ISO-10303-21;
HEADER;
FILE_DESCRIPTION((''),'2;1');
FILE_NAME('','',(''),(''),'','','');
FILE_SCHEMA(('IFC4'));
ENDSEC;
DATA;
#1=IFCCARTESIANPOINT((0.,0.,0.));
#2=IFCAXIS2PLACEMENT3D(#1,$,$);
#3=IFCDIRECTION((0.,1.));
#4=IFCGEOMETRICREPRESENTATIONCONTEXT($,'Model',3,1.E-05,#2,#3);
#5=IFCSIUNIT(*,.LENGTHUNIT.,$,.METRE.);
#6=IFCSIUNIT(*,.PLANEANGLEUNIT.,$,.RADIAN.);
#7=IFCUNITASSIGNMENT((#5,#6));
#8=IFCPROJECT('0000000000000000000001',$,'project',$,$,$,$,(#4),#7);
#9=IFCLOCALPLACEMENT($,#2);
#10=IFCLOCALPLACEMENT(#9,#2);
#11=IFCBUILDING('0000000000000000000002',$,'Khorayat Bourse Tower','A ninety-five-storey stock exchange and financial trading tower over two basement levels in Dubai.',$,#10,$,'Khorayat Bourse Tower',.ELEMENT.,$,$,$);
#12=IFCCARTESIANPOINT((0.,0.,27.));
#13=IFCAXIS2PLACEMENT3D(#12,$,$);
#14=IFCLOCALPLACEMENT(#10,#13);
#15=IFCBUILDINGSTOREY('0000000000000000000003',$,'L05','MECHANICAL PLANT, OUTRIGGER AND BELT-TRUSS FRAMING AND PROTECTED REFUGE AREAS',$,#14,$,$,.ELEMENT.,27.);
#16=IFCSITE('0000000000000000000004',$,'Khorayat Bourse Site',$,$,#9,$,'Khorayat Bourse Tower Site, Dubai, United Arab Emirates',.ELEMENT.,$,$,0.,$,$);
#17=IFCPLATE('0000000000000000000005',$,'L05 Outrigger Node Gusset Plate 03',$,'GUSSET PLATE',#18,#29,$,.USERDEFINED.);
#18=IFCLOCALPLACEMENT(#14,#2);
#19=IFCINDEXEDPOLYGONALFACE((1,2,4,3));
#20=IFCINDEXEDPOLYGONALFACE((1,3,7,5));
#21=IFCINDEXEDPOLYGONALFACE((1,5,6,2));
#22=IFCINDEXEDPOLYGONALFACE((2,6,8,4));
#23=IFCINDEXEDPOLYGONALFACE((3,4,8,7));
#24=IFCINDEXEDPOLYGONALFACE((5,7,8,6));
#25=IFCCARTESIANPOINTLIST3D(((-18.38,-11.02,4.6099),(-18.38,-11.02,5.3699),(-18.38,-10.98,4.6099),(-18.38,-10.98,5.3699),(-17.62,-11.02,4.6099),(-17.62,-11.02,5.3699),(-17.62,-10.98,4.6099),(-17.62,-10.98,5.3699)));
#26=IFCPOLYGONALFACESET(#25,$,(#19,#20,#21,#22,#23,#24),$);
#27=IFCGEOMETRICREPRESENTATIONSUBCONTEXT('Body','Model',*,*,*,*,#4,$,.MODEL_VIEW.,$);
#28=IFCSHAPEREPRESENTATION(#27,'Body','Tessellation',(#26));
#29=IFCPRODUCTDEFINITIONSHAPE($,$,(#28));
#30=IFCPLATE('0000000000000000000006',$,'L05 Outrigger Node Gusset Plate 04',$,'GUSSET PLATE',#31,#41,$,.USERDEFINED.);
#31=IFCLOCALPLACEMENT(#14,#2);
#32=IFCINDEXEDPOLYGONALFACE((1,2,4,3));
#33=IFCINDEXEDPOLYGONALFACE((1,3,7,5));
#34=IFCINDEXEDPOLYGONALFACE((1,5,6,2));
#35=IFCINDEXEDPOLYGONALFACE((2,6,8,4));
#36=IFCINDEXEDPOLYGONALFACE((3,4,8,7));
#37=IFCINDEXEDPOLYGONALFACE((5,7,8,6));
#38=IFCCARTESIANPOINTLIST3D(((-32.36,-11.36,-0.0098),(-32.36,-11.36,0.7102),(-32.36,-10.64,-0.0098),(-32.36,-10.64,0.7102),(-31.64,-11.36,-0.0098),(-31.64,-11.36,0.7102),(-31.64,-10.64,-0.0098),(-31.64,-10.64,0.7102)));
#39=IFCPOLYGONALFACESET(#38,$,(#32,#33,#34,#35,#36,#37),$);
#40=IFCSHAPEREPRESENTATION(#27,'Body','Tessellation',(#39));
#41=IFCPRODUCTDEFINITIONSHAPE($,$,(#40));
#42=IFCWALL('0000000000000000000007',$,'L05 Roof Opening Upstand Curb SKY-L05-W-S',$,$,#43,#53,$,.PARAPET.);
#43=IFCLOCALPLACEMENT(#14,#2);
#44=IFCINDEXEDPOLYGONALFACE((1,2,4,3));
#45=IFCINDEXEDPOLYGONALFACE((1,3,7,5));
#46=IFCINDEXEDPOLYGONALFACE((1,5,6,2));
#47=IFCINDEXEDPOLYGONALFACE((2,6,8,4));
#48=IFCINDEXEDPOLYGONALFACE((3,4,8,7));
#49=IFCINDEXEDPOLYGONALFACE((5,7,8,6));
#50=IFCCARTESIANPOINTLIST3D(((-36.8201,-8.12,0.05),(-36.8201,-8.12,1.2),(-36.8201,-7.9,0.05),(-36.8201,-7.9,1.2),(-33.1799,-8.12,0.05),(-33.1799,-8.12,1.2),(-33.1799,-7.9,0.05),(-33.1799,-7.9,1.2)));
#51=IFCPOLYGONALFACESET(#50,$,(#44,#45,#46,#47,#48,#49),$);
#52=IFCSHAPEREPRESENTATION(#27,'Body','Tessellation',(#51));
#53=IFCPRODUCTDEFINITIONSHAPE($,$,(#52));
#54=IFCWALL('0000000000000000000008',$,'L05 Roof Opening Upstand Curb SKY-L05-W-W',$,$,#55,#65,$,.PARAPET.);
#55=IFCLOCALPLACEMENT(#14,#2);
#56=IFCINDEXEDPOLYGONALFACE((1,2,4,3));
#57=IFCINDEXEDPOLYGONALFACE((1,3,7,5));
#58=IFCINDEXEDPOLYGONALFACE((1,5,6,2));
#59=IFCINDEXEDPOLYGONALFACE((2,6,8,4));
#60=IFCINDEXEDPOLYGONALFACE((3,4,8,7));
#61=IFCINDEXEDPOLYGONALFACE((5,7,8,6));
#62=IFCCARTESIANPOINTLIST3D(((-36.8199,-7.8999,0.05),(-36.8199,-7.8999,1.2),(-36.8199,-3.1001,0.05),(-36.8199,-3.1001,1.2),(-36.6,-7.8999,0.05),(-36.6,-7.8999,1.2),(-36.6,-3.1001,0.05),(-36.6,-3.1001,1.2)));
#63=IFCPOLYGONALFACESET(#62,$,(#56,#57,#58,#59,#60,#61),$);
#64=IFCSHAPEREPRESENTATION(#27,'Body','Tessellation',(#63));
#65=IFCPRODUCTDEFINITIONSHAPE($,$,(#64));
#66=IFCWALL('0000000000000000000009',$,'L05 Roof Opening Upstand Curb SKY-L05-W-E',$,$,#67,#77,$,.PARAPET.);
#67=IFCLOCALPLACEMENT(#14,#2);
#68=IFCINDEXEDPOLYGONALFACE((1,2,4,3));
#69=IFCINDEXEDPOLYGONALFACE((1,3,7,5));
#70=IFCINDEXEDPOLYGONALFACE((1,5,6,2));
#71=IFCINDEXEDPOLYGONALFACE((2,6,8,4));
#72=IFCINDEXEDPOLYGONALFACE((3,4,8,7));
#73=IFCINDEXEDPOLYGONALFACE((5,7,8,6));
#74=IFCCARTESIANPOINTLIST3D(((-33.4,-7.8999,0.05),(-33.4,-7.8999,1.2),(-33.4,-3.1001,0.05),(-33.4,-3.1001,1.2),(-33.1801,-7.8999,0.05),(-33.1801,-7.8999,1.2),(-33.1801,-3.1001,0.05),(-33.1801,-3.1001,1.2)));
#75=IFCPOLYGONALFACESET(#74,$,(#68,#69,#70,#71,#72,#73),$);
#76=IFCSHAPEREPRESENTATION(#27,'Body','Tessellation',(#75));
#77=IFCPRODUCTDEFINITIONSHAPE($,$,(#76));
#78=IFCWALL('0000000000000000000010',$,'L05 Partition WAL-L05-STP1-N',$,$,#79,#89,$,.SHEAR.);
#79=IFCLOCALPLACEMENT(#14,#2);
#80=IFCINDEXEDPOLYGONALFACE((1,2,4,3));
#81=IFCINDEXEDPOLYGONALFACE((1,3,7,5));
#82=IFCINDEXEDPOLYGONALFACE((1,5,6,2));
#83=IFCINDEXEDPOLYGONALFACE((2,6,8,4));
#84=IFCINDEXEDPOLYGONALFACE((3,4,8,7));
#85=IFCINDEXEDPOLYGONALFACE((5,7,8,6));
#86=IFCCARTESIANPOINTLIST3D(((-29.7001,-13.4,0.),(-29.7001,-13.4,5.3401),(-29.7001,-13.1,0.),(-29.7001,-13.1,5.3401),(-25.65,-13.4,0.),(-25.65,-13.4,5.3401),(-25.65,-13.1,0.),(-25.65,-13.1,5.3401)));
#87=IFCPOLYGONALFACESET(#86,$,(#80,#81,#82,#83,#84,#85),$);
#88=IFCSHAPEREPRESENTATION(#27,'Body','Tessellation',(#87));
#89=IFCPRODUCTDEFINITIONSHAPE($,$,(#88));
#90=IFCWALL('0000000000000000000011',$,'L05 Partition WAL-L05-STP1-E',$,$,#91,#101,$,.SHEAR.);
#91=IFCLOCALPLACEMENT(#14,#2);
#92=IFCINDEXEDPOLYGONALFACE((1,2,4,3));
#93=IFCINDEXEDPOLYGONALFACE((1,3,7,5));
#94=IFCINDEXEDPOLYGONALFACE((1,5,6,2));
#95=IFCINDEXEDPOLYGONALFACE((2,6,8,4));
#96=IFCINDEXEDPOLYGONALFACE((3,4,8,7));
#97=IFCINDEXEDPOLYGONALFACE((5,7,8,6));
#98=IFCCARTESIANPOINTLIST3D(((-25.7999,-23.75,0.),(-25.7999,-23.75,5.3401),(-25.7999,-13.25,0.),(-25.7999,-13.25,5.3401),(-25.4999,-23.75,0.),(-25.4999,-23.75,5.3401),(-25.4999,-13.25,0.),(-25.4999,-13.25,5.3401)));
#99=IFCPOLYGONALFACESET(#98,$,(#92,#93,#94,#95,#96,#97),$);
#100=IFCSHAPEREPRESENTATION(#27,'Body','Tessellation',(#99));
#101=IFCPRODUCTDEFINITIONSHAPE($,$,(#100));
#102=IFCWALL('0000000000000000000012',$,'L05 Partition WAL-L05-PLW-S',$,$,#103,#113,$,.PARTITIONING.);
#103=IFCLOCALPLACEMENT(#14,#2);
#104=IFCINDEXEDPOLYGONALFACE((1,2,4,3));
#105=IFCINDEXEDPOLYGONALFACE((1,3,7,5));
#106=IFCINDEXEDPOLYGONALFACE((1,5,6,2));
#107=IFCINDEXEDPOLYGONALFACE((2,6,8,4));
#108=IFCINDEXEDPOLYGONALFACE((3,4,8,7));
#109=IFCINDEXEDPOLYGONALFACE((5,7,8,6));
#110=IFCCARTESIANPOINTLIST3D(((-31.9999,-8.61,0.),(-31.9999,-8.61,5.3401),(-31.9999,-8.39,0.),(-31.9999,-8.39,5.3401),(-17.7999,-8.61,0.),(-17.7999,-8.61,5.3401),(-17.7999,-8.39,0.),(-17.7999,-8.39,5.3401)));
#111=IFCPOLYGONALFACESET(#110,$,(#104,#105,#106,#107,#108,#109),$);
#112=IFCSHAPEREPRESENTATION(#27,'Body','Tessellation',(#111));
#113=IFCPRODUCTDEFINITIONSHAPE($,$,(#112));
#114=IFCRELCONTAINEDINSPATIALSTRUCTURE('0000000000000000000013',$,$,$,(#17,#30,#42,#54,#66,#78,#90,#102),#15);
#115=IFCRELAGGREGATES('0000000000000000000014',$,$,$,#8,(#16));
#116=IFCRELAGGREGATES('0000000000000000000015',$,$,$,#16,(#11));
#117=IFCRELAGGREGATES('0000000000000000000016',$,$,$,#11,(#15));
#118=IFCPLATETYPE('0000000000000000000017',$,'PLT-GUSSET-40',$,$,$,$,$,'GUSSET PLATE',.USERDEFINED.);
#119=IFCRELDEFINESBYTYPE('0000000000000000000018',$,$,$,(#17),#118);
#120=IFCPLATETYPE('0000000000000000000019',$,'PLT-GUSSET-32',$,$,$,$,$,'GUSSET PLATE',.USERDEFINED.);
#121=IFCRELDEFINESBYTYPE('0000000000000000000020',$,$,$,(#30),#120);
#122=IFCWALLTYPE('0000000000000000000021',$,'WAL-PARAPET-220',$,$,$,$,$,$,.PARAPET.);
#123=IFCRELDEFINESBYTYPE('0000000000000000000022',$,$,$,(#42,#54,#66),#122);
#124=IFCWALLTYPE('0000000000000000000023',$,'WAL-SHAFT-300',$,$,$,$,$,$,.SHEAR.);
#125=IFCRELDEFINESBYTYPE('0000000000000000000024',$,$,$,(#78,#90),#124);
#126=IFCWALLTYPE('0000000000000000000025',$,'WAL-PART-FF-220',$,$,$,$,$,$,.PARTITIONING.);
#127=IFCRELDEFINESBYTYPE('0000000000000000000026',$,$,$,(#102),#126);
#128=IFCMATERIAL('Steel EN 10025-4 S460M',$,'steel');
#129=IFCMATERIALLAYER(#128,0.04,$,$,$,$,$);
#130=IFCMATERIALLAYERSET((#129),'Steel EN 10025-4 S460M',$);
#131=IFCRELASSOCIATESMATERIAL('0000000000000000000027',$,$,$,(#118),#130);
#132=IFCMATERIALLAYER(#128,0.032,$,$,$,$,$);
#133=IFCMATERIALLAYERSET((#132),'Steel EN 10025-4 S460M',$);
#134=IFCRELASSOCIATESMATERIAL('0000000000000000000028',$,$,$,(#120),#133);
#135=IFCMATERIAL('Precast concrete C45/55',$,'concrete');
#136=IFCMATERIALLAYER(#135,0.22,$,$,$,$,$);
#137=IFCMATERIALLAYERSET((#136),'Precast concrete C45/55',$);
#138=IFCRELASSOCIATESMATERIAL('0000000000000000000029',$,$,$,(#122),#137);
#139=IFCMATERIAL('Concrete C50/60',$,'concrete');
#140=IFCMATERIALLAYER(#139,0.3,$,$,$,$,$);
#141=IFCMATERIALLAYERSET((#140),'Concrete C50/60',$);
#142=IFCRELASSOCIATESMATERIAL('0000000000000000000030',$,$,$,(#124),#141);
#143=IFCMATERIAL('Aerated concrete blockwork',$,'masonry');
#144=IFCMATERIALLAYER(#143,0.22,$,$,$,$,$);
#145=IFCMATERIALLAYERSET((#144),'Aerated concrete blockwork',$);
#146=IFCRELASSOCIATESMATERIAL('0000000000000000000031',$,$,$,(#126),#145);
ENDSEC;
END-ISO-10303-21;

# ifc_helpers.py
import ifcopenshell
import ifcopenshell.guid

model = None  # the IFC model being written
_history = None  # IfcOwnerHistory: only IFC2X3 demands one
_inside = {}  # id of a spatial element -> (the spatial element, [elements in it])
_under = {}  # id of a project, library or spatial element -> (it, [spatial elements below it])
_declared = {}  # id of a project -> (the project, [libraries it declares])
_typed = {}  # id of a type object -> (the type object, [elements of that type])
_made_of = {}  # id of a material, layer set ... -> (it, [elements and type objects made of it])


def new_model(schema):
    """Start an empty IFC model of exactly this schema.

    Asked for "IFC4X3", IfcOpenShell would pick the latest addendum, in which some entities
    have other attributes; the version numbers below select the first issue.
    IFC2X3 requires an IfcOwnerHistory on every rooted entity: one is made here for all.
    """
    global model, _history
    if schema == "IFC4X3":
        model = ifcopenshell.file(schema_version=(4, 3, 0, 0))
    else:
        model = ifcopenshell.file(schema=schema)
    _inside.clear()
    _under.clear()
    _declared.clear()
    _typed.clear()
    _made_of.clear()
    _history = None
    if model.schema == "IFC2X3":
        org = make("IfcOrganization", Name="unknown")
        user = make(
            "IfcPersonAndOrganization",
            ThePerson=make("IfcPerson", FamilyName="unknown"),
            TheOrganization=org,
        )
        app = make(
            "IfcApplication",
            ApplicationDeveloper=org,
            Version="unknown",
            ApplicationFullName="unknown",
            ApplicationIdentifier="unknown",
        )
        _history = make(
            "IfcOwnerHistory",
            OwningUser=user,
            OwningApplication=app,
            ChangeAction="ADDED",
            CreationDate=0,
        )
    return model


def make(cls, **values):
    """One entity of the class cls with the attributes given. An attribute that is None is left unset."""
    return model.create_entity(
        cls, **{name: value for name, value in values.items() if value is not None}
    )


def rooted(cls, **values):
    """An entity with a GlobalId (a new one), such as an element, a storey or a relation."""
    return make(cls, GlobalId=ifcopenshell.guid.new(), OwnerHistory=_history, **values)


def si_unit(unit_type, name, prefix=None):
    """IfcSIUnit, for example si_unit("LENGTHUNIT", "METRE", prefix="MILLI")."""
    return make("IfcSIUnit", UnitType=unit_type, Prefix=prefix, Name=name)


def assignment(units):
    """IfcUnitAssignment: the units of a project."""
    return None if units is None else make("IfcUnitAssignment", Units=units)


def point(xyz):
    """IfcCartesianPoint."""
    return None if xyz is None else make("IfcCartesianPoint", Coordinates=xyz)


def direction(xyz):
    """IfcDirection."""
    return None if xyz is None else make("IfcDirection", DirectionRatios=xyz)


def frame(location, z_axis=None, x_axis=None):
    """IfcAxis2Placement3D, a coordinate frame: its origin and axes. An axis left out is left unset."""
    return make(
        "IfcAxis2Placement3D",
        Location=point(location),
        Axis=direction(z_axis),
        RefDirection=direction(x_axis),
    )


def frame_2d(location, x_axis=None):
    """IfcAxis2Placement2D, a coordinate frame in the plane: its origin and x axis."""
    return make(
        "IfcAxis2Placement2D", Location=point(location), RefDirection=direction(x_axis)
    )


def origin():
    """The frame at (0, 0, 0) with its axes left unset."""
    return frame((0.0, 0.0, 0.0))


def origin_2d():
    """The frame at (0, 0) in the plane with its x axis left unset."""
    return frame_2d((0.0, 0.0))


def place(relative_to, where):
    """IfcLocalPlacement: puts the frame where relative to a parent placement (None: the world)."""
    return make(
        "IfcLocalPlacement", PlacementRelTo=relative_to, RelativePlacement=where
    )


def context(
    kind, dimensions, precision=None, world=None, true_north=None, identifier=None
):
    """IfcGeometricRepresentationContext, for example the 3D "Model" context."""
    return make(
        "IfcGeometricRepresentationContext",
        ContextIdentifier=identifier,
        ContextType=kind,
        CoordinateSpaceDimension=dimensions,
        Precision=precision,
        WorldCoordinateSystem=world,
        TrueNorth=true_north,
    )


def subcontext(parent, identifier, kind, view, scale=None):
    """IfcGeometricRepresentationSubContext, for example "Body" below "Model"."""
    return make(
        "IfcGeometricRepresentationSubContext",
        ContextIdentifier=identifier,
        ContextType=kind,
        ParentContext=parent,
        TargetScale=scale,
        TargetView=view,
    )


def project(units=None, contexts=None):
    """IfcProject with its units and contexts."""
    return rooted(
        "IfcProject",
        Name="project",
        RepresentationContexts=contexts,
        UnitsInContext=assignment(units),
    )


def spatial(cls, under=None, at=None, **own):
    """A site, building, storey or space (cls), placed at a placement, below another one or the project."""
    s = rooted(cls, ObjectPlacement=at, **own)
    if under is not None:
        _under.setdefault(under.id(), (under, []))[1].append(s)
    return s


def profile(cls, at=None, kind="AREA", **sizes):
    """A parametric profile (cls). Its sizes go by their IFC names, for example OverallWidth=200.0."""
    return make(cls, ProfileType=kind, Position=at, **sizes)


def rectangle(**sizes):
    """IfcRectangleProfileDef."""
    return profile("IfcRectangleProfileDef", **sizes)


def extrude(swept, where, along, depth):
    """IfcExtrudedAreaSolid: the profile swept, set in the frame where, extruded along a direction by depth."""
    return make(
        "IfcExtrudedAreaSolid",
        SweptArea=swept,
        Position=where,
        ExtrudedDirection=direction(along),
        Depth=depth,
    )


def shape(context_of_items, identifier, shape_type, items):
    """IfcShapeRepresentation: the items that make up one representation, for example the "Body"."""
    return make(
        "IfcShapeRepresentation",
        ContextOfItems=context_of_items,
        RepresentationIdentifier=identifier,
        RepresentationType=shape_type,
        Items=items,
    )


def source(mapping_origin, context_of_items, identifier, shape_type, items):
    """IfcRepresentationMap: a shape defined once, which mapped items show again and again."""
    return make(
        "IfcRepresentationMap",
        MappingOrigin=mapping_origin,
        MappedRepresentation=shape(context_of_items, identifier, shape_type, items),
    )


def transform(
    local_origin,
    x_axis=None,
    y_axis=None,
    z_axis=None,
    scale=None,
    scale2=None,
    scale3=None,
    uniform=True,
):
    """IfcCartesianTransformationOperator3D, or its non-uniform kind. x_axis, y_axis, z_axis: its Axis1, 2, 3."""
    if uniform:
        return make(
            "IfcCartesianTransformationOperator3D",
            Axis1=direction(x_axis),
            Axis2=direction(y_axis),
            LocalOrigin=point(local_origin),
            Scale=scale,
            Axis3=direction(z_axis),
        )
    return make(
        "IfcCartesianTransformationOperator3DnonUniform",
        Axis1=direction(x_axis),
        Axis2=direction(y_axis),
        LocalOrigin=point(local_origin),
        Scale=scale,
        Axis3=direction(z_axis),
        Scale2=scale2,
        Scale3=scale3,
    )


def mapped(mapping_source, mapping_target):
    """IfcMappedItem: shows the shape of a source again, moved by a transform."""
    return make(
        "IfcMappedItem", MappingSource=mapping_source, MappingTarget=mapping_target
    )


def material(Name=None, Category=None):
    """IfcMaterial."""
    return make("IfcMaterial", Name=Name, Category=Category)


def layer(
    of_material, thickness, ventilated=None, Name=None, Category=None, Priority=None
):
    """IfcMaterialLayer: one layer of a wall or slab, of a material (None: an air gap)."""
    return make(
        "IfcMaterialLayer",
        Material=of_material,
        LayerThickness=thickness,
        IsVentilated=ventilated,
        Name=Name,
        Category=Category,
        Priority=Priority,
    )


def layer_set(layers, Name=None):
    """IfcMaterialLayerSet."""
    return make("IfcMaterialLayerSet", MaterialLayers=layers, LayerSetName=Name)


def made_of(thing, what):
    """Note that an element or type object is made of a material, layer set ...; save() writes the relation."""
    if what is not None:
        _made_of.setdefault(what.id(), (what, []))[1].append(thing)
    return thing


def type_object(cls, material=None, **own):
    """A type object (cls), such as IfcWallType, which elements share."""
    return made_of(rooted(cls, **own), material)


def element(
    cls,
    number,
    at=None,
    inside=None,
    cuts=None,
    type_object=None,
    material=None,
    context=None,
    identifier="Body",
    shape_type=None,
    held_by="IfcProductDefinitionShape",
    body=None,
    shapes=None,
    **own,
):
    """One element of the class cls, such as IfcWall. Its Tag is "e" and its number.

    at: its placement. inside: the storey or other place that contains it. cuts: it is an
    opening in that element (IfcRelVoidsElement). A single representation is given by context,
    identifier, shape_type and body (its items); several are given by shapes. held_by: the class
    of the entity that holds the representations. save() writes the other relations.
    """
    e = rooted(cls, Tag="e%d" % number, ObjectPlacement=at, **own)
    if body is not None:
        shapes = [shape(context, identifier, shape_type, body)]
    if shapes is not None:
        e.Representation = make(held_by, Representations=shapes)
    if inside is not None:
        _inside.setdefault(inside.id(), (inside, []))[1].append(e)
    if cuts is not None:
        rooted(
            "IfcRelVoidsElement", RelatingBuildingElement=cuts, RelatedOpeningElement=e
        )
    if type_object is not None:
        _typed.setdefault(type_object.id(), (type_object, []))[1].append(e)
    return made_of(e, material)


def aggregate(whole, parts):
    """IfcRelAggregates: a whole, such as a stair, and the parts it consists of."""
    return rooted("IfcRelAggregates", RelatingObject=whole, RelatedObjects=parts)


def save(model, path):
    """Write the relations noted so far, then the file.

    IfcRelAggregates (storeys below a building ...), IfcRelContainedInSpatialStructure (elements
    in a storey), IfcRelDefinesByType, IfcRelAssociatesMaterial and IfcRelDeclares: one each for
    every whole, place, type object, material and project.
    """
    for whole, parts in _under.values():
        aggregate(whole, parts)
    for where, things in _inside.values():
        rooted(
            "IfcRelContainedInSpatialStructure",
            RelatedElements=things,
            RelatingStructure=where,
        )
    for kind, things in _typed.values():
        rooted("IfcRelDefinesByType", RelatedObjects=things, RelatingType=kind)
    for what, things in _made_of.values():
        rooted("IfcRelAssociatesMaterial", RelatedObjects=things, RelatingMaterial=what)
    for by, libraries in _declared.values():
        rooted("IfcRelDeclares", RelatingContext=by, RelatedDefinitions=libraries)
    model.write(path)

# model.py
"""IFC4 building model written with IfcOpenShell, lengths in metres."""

from ifc_helpers import new_model, si_unit, direction, frame, frame_2d, origin, origin_2d, place, context, subcontext, project, spatial, rectangle, extrude, source, transform, mapped, material, layer, layer_set, type_object, element, save


model = new_model("IFC4")

# Units and contexts
model_context = context("Model", 3, precision=1e-05, world=origin(), true_north=direction((0.0, 1.0)))
body_context = subcontext(model_context, "Body", "Model", "MODEL_VIEW")
ifc_project = project(units=[si_unit("LENGTHUNIT", "METRE"), si_unit("PLANEANGLEUNIT", "RADIAN")], contexts=[model_context])

# Site, building, storey
site_placement = place(None, origin())
site = spatial("IfcSite", under=ifc_project, at=site_placement, Name="Khorayat Bourse Site", LongName="Khorayat Bourse Tower Site, Dubai, United Arab Emirates", CompositionType="ELEMENT", RefElevation=0.0)
building_placement = place(site_placement, origin())
building = spatial("IfcBuilding", under=site, at=building_placement, Name="Khorayat Bourse Tower", Description="A ninety-five-storey stock exchange and financial trading tower over two basement levels in Dubai.", LongName="Khorayat Bourse Tower", CompositionType="ELEMENT")
storey_placement = place(building_placement, frame((0.0, 0.0, 27.0)))
storey = spatial("IfcBuildingStorey", under=building, at=storey_placement, Name="L05", Description="MECHANICAL PLANT, OUTRIGGER AND BELT-TRUSS FRAMING AND PROTECTED REFUGE AREAS", CompositionType="ELEMENT", Elevation=27.0)

# Shared definitions
ifc_material_1 = material(Name="Steel EN 10025-4 S460M", Category="steel")

# Plates
ifc_layer_1 = layer(ifc_material_1, 0.04)
ifc_layer_set_1 = layer_set([ifc_layer_1], Name="Steel EN 10025-4 S460M")
plate_type_1 = type_object("IfcPlateType", Name="PLT-GUSSET-40", ElementType="GUSSET PLATE", PredefinedType="USERDEFINED", material=ifc_layer_set_1)
shared_shape_1 = source(origin(), body_context, "Body", "SweptSolid", [
    extrude(rectangle(XDim=0.76, YDim=0.04, at=origin_2d()), origin(), (0.0, 0.0, 1.0), 0.76),
])
plate_1_placement = place(storey_placement, frame((-18.0, -11.0, 4.6099), z_axis=(0.0, 0.0, 1.0), x_axis=(1.0, 0.0, 0.0)))
element("IfcPlate", 1, at=plate_1_placement, inside=storey, type_object=plate_type_1, Name="L05 Outrigger Node Gusset Plate 03", ObjectType="GUSSET PLATE", PredefinedType="USERDEFINED", context=body_context, shape_type="MappedRepresentation", body=[
    mapped(shared_shape_1, transform((0.0, 0.0, 0.0), scale=1.0)),
])
ifc_layer_2 = layer(ifc_material_1, 0.032)
ifc_layer_set_2 = layer_set([ifc_layer_2], Name="Steel EN 10025-4 S460M")
plate_type_2 = type_object("IfcPlateType", Name="PLT-GUSSET-32", ElementType="GUSSET PLATE", PredefinedType="USERDEFINED", material=ifc_layer_set_2)
shared_shape_2 = source(origin(), body_context, "Body", "SweptSolid", [
    extrude(rectangle(XDim=0.72, YDim=0.72, at=origin_2d()), origin(), (0.0, 0.0, 1.0), 0.72),
])
plate_2_placement = place(storey_placement, frame((-32.0, -11.0, -0.0098), z_axis=(0.0, 0.0, 1.0), x_axis=(1.0, 0.0, 0.0)))
element("IfcPlate", 2, at=plate_2_placement, inside=storey, type_object=plate_type_2, Name="L05 Outrigger Node Gusset Plate 04", ObjectType="GUSSET PLATE", PredefinedType="USERDEFINED", context=body_context, shape_type="MappedRepresentation", body=[
    mapped(shared_shape_2, transform((0.0, 0.0, 0.0), scale=1.0)),
])

# Walls
ifc_material_2 = material(Name="Precast concrete C45/55", Category="concrete")
ifc_layer_3 = layer(ifc_material_2, 0.22)
ifc_layer_set_3 = layer_set([ifc_layer_3], Name="Precast concrete C45/55")
wall_type_1 = type_object("IfcWallType", Name="WAL-PARAPET-220", PredefinedType="PARAPET", material=ifc_layer_set_3)
shared_shape_3 = source(origin(), body_context, "Body", "SweptSolid", [
    extrude(rectangle(XDim=3.6401, YDim=0.22, at=frame_2d((1.8201, 0.0))), origin(), (0.0, 0.0, 1.0), 1.1499),
])
wall_1_placement = place(storey_placement, frame((-36.8201, -8.01, 0.05), z_axis=(0.0, 0.0, 1.0), x_axis=(1.0, 0.0, 0.0)))
element("IfcWall", 3, at=wall_1_placement, inside=storey, type_object=wall_type_1, Name="L05 Roof Opening Upstand Curb SKY-L05-W-S", PredefinedType="PARAPET", context=body_context, shape_type="MappedRepresentation", body=[
    mapped(shared_shape_3, transform((0.0, 0.0, 0.0), scale=1.0)),
])
shared_shape_4 = source(origin(), body_context, "Body", "SweptSolid", [
    extrude(rectangle(XDim=4.7998, YDim=0.22, at=frame_2d((2.3999, 0.0))), origin(), (0.0, 0.0, 1.0), 1.1499),
])
for number, where, z_axis, x_axis, name in (
    (4, (-36.71, -7.8999, 0.05), (0.0, 0.0, 1.0), (0.0, 1.0, 0.0), "L05 Roof Opening Upstand Curb SKY-L05-W-W"),
    (5, (-33.29, -7.8999, 0.05), (0.0, 0.0, 1.0), (0.0, 1.0, 0.0), "L05 Roof Opening Upstand Curb SKY-L05-W-E"),
):
    element("IfcWall", number, at=place(storey_placement, frame(where, z_axis=z_axis, x_axis=x_axis)), inside=storey, type_object=wall_type_1, Name=name, PredefinedType="PARAPET", context=body_context, shape_type="MappedRepresentation", body=[
        mapped(shared_shape_4, transform((0.0, 0.0, 0.0), scale=1.0)),
    ])
ifc_material_3 = material(Name="Concrete C50/60", Category="concrete")
ifc_layer_4 = layer(ifc_material_3, 0.3)
ifc_layer_set_4 = layer_set([ifc_layer_4], Name="Concrete C50/60")
wall_type_2 = type_object("IfcWallType", Name="WAL-SHAFT-300", PredefinedType="SHEAR", material=ifc_layer_set_4)
shared_shape_5 = source(origin(), body_context, "Body", "SweptSolid", [
    extrude(rectangle(XDim=4.05, YDim=0.3, at=frame_2d((2.0249, 0.0))), origin(), (0.0, 0.0, 1.0), 5.3401),
])
wall_2_placement = place(storey_placement, frame((-29.7, -13.25, 0.0), z_axis=(0.0, 0.0, 1.0), x_axis=(1.0, 0.0, 0.0)))
element("IfcWall", 6, at=wall_2_placement, inside=storey, type_object=wall_type_2, Name="L05 Partition WAL-L05-STP1-N", PredefinedType="SHEAR", context=body_context, shape_type="MappedRepresentation", body=[
    mapped(shared_shape_5, transform((0.0, 0.0, 0.0), scale=1.0)),
])
shared_shape_6 = source(origin(), body_context, "Body", "SweptSolid", [
    extrude(rectangle(XDim=10.5, YDim=0.3, at=frame_2d((5.25, 0.0))), origin(), (0.0, 0.0, 1.0), 5.3401),
])
wall_3_placement = place(storey_placement, frame((-25.6499, -23.75, 0.0), z_axis=(0.0, 0.0, 1.0), x_axis=(0.0, 1.0, 0.0)))
element("IfcWall", 7, at=wall_3_placement, inside=storey, type_object=wall_type_2, Name="L05 Partition WAL-L05-STP1-E", PredefinedType="SHEAR", context=body_context, shape_type="MappedRepresentation", body=[
    mapped(shared_shape_6, transform((0.0, 0.0, 0.0), scale=1.0)),
])
ifc_material_4 = material(Name="Aerated concrete blockwork", Category="masonry")
ifc_layer_5 = layer(ifc_material_4, 0.22)
ifc_layer_set_5 = layer_set([ifc_layer_5], Name="Aerated concrete blockwork")
wall_type_3 = type_object("IfcWallType", Name="WAL-PART-FF-220", PredefinedType="PARTITIONING", material=ifc_layer_set_5)
shared_shape_7 = source(origin(), body_context, "Body", "SweptSolid", [
    extrude(rectangle(XDim=14.2, YDim=0.22, at=frame_2d((7.1001, 0.0))), origin(), (0.0, 0.0, 1.0), 5.3401),
])
wall_4_placement = place(storey_placement, frame((-32.0, -8.5, 0.0), z_axis=(0.0, 0.0, 1.0), x_axis=(1.0, 0.0, 0.0)))
element("IfcWall", 8, at=wall_4_placement, inside=storey, type_object=wall_type_3, Name="L05 Partition WAL-L05-PLW-S", PredefinedType="PARTITIONING", context=body_context, shape_type="MappedRepresentation", body=[
    mapped(shared_shape_7, transform((0.0, 0.0, 0.0), scale=1.0)),
])

save(model, "model.ifc")
